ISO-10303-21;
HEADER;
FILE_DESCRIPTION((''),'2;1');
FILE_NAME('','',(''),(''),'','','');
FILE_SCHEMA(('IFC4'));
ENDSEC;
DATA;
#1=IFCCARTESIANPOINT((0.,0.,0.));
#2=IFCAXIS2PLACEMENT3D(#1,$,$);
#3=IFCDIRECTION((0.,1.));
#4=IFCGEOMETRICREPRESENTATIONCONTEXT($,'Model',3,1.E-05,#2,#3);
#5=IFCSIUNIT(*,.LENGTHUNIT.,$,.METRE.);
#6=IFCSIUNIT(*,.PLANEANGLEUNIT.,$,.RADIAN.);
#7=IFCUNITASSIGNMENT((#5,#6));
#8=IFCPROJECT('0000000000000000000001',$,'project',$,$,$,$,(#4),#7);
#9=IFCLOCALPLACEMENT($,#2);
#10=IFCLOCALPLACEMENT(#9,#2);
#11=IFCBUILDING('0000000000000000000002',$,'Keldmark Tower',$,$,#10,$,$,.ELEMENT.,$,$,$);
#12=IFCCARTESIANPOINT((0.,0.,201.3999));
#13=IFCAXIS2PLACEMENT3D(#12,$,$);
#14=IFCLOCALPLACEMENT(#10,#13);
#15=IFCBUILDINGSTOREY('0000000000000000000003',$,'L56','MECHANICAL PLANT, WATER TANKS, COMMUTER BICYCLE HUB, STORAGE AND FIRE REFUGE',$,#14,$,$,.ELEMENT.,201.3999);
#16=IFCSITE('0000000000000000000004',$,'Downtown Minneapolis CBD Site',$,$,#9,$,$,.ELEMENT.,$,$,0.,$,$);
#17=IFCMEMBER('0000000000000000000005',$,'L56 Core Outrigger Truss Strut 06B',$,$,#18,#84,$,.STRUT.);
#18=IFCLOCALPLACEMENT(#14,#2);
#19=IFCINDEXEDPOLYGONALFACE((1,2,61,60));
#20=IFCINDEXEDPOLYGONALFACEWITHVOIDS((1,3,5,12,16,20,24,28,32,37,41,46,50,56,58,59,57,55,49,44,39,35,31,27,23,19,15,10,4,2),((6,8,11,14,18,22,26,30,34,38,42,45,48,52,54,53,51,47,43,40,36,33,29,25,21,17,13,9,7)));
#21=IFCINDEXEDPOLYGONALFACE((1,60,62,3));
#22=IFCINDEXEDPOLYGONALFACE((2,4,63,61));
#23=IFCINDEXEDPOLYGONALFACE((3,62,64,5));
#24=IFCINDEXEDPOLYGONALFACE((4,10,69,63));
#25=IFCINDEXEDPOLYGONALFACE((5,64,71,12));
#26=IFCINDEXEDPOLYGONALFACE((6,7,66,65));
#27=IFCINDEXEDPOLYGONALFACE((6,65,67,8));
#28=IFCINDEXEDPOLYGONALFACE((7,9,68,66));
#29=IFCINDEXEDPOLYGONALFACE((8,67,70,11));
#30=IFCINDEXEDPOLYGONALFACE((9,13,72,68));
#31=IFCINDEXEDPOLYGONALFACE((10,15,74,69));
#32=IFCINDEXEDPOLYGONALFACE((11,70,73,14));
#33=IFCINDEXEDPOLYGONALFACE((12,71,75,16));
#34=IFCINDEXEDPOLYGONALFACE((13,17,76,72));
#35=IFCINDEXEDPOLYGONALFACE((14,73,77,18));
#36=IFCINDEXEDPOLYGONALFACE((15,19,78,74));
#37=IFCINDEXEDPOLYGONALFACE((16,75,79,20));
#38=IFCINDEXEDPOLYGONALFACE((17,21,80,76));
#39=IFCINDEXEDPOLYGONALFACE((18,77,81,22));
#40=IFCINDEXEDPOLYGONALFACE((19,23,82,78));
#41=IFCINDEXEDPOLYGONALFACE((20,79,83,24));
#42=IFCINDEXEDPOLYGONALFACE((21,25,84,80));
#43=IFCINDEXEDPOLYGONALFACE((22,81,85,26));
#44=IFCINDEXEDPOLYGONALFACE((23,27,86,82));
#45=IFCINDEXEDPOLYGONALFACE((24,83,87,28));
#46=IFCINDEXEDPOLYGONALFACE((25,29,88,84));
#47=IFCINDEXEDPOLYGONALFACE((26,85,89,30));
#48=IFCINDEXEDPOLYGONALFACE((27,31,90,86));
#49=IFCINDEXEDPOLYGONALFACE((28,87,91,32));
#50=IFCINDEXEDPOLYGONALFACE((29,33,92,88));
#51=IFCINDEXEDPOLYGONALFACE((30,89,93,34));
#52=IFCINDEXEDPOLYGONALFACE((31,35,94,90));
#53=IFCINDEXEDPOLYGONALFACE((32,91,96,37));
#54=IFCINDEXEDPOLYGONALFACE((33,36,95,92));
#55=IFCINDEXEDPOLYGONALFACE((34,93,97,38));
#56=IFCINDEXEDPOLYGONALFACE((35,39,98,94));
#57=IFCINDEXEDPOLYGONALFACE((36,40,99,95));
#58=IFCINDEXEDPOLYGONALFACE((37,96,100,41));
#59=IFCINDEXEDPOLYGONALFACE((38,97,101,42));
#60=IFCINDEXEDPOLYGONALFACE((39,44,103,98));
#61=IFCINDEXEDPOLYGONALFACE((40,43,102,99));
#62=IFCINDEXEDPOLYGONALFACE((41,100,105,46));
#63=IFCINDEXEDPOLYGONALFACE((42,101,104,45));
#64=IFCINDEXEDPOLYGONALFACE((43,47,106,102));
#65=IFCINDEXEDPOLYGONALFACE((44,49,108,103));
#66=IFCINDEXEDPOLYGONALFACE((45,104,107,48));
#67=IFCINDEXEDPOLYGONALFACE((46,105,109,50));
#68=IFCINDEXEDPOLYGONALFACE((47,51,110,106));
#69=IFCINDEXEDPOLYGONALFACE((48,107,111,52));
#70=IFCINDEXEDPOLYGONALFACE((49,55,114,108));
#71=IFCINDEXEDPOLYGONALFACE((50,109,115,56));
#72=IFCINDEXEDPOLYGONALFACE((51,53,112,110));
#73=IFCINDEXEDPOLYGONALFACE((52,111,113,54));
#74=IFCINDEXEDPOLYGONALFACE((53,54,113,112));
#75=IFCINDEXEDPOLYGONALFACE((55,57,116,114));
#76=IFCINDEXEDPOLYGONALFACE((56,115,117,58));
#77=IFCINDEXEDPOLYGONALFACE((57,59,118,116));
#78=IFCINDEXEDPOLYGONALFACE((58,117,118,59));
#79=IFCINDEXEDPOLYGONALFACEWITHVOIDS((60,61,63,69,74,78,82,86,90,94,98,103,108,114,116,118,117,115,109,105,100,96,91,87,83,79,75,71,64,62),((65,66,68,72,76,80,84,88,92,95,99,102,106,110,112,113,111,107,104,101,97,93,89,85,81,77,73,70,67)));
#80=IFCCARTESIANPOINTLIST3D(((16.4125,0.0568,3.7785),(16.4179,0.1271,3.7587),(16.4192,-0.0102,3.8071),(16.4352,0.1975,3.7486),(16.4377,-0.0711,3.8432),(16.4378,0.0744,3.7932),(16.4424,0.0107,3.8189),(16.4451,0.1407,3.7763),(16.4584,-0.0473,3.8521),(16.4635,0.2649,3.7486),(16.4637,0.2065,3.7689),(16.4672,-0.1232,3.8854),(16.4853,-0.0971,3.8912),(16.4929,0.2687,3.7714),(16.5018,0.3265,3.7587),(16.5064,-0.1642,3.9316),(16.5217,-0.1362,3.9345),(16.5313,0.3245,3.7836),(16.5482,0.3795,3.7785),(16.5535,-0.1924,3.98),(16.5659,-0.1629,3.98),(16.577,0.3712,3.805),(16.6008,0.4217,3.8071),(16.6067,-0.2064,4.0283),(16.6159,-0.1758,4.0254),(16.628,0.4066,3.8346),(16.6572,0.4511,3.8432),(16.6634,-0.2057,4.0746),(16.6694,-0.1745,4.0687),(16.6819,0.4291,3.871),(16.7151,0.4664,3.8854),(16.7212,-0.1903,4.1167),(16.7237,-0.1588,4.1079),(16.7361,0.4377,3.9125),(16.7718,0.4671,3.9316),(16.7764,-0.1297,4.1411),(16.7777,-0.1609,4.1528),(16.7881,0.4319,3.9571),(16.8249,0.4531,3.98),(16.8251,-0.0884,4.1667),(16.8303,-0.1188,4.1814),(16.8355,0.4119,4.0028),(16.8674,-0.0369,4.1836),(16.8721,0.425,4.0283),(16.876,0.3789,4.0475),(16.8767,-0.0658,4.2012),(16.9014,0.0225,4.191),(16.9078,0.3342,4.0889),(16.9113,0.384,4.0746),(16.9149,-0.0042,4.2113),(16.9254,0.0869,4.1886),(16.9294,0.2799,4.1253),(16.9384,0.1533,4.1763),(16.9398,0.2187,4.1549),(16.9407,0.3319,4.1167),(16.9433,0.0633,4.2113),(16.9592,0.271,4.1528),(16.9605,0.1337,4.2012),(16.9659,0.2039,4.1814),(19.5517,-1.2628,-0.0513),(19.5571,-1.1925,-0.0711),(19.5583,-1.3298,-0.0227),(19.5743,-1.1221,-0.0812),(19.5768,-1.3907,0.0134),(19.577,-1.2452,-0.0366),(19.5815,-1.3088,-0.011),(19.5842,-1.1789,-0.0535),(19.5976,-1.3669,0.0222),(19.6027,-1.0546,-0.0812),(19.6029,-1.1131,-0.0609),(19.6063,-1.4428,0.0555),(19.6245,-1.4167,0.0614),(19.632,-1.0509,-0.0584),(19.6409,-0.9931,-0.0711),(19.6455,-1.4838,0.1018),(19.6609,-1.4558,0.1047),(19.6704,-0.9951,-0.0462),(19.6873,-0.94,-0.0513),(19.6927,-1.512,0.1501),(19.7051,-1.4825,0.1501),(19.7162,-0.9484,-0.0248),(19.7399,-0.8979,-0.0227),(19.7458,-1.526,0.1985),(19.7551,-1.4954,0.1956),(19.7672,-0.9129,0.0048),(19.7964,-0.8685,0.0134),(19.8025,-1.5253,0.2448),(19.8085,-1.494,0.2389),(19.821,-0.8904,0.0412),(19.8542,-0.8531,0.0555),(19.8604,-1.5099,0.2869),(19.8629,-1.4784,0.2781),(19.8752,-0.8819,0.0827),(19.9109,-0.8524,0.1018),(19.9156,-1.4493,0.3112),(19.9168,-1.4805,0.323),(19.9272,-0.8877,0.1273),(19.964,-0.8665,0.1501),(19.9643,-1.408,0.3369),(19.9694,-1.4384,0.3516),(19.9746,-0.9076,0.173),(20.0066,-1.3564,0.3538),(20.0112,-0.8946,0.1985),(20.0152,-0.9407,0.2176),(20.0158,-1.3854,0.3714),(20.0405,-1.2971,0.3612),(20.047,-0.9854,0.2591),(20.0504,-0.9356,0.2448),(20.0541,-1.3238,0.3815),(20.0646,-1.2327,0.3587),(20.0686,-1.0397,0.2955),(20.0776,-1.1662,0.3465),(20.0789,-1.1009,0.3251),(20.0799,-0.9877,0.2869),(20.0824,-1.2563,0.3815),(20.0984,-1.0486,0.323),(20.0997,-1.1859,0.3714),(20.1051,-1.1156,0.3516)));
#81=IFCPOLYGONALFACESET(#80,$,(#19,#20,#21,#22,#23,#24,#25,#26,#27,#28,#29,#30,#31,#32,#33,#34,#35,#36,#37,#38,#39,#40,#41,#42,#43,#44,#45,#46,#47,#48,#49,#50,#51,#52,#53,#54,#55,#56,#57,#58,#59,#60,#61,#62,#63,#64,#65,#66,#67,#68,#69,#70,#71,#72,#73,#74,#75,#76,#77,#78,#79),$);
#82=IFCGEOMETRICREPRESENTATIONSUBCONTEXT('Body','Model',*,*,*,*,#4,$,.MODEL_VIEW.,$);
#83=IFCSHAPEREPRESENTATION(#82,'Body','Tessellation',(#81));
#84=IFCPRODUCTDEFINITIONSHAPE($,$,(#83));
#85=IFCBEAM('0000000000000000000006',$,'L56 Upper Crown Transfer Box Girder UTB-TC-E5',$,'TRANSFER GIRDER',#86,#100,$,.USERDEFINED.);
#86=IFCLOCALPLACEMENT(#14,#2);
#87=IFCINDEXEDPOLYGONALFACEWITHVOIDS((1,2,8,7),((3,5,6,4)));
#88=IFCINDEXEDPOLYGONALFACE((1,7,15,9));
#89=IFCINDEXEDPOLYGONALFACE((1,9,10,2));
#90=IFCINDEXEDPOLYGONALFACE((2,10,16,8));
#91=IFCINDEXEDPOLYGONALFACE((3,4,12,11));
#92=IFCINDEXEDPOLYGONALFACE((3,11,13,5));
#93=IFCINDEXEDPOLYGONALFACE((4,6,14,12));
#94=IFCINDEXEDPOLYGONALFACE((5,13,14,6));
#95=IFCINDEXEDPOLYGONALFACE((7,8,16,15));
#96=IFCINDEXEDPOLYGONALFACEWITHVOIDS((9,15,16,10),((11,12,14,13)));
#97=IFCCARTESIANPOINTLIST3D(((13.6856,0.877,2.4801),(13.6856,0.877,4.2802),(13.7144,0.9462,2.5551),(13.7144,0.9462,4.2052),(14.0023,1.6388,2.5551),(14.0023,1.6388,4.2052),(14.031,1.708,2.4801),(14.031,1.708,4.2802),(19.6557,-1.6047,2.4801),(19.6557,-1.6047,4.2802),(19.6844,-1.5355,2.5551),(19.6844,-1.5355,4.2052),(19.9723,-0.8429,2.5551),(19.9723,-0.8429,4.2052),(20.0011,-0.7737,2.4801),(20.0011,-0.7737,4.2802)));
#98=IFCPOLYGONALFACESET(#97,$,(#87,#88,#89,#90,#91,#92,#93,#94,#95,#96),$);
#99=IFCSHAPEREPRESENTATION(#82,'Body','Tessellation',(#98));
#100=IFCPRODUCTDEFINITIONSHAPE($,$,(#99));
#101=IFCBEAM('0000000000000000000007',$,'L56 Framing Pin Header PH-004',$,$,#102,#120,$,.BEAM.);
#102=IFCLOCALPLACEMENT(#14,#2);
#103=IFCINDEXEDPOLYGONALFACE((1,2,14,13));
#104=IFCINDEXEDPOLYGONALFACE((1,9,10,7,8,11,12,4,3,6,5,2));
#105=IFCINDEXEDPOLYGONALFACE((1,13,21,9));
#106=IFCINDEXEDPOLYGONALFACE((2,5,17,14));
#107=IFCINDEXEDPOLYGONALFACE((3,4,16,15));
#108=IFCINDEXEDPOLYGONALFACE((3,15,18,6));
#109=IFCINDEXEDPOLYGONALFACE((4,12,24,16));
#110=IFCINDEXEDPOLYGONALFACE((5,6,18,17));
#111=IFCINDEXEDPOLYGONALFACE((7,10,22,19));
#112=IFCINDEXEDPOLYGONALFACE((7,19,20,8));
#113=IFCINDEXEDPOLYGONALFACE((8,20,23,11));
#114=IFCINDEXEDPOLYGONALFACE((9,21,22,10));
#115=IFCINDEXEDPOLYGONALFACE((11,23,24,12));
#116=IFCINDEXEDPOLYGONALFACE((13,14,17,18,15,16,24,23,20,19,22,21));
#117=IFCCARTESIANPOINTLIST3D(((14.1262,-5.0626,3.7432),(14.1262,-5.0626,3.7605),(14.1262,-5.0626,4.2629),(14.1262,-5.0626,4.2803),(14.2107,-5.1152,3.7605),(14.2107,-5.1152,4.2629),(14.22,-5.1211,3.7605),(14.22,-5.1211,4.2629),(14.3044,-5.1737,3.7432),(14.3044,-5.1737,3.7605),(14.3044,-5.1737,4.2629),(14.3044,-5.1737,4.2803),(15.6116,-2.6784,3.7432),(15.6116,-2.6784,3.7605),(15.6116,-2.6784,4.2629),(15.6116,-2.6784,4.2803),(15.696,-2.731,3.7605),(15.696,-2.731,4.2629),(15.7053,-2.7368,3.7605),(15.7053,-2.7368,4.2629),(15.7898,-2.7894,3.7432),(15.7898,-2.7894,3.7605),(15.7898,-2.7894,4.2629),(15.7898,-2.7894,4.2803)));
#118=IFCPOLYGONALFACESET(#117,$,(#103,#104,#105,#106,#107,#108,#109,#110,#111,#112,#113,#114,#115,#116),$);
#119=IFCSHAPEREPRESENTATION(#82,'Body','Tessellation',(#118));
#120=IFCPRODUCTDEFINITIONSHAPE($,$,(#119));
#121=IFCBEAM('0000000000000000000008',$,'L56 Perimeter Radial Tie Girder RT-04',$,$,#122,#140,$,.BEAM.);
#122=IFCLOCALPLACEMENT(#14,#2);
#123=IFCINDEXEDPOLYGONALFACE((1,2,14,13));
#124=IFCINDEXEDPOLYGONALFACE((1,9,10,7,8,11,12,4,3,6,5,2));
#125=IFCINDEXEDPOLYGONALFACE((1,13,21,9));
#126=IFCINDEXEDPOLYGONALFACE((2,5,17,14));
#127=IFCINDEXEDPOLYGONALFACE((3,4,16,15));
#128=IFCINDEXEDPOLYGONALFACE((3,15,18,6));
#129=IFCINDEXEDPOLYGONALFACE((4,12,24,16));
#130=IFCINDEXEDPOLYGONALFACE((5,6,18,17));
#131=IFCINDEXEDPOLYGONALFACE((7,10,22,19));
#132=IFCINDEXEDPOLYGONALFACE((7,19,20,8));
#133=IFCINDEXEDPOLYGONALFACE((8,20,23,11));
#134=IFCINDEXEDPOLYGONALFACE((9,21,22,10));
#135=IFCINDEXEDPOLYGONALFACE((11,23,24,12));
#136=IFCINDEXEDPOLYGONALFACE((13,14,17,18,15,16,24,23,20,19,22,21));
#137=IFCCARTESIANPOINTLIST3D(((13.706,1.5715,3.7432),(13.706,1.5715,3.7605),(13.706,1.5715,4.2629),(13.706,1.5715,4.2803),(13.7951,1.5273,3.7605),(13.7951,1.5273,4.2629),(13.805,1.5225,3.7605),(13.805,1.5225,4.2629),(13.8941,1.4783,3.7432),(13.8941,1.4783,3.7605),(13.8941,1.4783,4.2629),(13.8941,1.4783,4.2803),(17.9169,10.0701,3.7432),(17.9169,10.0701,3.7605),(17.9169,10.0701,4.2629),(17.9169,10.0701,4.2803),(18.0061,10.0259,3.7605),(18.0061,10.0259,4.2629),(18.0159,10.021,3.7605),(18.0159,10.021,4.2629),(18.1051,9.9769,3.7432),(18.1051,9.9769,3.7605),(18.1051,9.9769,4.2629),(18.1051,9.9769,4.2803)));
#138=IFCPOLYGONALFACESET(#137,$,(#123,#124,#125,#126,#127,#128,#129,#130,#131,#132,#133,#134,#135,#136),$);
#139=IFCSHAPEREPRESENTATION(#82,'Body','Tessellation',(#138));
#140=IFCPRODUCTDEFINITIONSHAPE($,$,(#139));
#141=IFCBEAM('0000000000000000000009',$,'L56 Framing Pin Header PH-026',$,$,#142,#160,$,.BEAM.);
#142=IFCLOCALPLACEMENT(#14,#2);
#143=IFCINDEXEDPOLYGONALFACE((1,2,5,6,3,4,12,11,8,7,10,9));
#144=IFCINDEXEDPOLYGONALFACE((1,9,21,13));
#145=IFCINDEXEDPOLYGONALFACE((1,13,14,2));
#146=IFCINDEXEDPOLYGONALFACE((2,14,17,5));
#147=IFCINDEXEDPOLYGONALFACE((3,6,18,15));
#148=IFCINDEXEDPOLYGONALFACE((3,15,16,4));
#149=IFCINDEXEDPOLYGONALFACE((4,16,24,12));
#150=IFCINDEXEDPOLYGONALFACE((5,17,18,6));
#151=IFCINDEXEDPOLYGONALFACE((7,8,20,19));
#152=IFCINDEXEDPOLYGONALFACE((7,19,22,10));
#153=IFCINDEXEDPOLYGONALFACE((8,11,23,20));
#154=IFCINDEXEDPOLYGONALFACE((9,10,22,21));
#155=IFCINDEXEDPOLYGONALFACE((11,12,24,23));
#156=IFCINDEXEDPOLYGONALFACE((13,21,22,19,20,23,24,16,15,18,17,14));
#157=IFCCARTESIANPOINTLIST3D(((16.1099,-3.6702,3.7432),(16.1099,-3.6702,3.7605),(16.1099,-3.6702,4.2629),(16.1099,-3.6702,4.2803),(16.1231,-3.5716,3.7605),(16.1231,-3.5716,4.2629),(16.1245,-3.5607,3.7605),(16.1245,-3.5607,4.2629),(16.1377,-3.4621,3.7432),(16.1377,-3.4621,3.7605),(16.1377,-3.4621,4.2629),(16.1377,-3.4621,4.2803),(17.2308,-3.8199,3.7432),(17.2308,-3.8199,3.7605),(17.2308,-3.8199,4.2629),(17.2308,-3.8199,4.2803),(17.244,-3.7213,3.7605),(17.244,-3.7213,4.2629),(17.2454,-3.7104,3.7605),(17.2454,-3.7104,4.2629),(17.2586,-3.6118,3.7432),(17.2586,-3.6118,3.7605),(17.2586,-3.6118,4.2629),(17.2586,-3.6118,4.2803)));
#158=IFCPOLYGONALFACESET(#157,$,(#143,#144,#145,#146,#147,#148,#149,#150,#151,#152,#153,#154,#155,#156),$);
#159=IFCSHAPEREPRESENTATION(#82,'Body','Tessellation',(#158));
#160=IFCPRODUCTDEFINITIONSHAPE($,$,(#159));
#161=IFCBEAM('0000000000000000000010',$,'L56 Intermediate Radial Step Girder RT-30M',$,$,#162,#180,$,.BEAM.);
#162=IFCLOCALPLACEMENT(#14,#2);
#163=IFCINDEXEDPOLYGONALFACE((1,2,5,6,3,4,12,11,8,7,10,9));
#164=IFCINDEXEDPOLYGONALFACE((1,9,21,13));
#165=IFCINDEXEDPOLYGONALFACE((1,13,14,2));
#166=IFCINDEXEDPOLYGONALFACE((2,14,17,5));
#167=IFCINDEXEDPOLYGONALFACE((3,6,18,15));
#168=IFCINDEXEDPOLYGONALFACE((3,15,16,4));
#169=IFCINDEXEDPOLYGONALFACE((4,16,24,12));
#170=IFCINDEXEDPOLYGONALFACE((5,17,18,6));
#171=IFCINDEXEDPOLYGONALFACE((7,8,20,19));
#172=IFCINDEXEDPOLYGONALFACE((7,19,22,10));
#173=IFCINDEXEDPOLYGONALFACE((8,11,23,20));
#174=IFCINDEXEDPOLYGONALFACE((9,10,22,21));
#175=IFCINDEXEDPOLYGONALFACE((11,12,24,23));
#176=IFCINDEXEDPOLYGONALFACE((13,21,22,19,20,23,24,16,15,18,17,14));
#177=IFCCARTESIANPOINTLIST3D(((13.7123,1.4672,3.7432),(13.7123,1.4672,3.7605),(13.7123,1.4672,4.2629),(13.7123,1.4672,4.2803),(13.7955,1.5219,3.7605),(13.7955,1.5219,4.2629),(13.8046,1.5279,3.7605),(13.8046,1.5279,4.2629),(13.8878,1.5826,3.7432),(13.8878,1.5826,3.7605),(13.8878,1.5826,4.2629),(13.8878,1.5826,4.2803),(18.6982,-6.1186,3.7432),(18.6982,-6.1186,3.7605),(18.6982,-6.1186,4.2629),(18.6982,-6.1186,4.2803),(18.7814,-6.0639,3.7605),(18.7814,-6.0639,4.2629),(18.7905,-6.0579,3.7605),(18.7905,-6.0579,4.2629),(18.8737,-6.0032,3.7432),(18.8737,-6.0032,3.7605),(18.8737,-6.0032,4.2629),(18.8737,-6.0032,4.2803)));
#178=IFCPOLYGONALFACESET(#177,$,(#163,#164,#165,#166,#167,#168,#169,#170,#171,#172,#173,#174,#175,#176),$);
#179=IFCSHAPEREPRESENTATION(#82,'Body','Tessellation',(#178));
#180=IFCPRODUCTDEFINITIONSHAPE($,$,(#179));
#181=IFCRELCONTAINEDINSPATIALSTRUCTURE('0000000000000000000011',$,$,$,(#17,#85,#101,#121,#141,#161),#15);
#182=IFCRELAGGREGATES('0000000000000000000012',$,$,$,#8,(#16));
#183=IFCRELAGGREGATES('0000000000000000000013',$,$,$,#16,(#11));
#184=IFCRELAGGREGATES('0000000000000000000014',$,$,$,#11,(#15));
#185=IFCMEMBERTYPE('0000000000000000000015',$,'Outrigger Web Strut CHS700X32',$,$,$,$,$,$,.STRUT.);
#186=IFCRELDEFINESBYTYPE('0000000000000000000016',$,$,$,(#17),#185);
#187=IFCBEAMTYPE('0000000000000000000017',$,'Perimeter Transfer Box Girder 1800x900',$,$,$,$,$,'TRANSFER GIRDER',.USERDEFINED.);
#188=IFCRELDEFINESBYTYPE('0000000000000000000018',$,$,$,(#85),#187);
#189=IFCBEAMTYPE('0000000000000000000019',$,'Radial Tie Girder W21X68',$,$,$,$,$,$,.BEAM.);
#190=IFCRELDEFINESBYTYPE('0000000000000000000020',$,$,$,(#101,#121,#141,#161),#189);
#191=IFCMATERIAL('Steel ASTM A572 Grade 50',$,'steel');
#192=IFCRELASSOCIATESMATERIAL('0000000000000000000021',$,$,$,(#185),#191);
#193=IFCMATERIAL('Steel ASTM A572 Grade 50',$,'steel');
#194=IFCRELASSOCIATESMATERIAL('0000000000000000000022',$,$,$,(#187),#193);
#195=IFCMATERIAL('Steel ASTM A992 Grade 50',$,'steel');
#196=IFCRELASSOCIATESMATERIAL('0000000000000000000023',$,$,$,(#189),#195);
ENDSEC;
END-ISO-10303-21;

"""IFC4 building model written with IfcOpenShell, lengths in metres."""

from ifc_helpers import new_model, si_unit, direction, frame, origin, origin_2d, place, context, subcontext, project, spatial, hollow_rectangle, hollow_circle, i_section, extrude, material, material_profile, profile_set, type_object, element, save


model = new_model("IFC4")

# Units and contexts
model_context = context("Model", 3, precision=1e-05, world=origin(), true_north=direction((0.0, 1.0)))
body_context = subcontext(model_context, "Body", "Model", "MODEL_VIEW")
ifc_project = project(units=[si_unit("LENGTHUNIT", "METRE"), si_unit("PLANEANGLEUNIT", "RADIAN")], contexts=[model_context])

# Site, building, storey
site_placement = place(None, origin())
site = spatial("IfcSite", under=ifc_project, at=site_placement, Name="Downtown Minneapolis CBD Site", CompositionType="ELEMENT", RefElevation=0.0)
building_placement = place(site_placement, origin())
building = spatial("IfcBuilding", under=site, at=building_placement, Name="Keldmark Tower", CompositionType="ELEMENT")
storey_placement = place(building_placement, frame((0.0, 0.0, 201.3999)))
storey = spatial("IfcBuildingStorey", under=building, at=storey_placement, Name="L56", Description="MECHANICAL PLANT, WATER TANKS, COMMUTER BICYCLE HUB, STORAGE AND FIRE REFUGE", CompositionType="ELEMENT", Elevation=201.3999)

# Member
ifc_material_1 = material(Name="Steel ASTM A572 Grade 50", Category="steel")
ifc_material_profile_1 = material_profile(ifc_material_1, hollow_circle(Radius=0.3501, WallThickness=0.032, at=origin_2d()), Name="CHS700X32")
ifc_profile_set_1 = profile_set([ifc_material_profile_1], Name="Steel ASTM A572 Grade 50")
member_type_1 = type_object("IfcMemberType", Name="Outrigger Web Strut CHS700X32", PredefinedType="STRUT", material=ifc_profile_set_1)
for number, where, z_axis, x_axis, name in (
    (1, (19.8284, -1.1892, 0.1501), (-0.612547, 0.257491, 0.747319), (-0.387515, -0.921863, 0.0), "L56 Core Outrigger Truss Strut 06B"),
):
    element("IfcMember", number, at=place(storey_placement, frame(where, z_axis=z_axis, x_axis=x_axis)), inside=storey, type_object=member_type_1, Name=name, PredefinedType="STRUT", context=body_context, shape_type="SweptSolid", body=[
        extrude(hollow_circle(Radius=0.3501, WallThickness=0.032, at=origin_2d()), origin(), (0.0, 0.0, 1.0), 5.1248),
    ])

# Beams
ifc_material_2 = material(Name="Steel ASTM A572 Grade 50", Category="steel")
ifc_material_profile_2 = material_profile(ifc_material_2, hollow_rectangle(XDim=0.8999, YDim=1.8, WallThickness=0.075, at=origin_2d()), Name="TBOX1800X900X75")
ifc_profile_set_2 = profile_set([ifc_material_profile_2], Name="Steel ASTM A572 Grade 50")
beam_type_1 = type_object("IfcBeamType", Name="Perimeter Transfer Box Girder 1800x900", ElementType="TRANSFER GIRDER", PredefinedType="USERDEFINED", material=ifc_profile_set_2)
beam_1_placement = place(storey_placement, frame((19.8284, -1.1892, 3.3801), z_axis=(-0.923395, 0.383851, 0.0), x_axis=(-0.383851, -0.923395, 0.0)))
element("IfcBeam", 2, at=beam_1_placement, inside=storey, type_object=beam_type_1, Name="L56 Upper Crown Transfer Box Girder UTB-TC-E5", ObjectType="TRANSFER GIRDER", PredefinedType="USERDEFINED", context=body_context, shape_type="SweptSolid", body=[
    extrude(hollow_rectangle(XDim=0.8999, YDim=1.8, WallThickness=0.075, at=origin_2d()), origin(), (0.0, 0.0, 1.0), 6.4653),
])
ifc_material_3 = material(Name="Steel ASTM A992 Grade 50", Category="steel")
ifc_material_profile_3 = material_profile(ifc_material_3, i_section(OverallWidth=0.21, OverallDepth=0.5371, WebThickness=0.011, FlangeThickness=0.0173, at=origin_2d()), Name="W21X68")
ifc_profile_set_3 = profile_set([ifc_material_profile_3], Name="Steel ASTM A992 Grade 50")
beam_type_2 = type_object("IfcBeamType", Name="Radial Tie Girder W21X68", PredefinedType="BEAM", material=ifc_profile_set_3)
beam_2_placement = place(storey_placement, frame((15.7007, -2.7339, 4.0117), z_axis=(-0.528764, -0.848769, 0.0), x_axis=(0.848769, -0.528764, 0.0)))
element("IfcBeam", 3, at=beam_2_placement, inside=storey, type_object=beam_type_2, Name="L56 Framing Pin Header PH-004", PredefinedType="BEAM", context=body_context, shape_type="SweptSolid", body=[
    extrude(i_section(OverallWidth=0.21, OverallDepth=0.5371, WebThickness=0.011, FlangeThickness=0.0173, at=origin_2d()), origin(), (0.0, 0.0, 1.0), 2.8091),
])
beam_3_placement = place(storey_placement, frame((13.8, 1.5249, 4.0117), z_axis=(0.443978, 0.896038, 0.0), x_axis=(-0.896038, 0.443978, 0.0)))
element("IfcBeam", 4, at=beam_3_placement, inside=storey, type_object=beam_type_2, Name="L56 Perimeter Radial Tie Girder RT-04", PredefinedType="BEAM", context=body_context, shape_type="SweptSolid", body=[
    extrude(i_section(OverallWidth=0.21, OverallDepth=0.5371, WebThickness=0.011, FlangeThickness=0.0173, at=origin_2d()), origin(), (0.0, 0.0, 1.0), 9.4846),
])
beam_4_placement = place(storey_placement, frame((16.1238, -3.5662, 4.0117), z_axis=(0.991203, -0.132348, 0.0), x_axis=(0.132348, 0.991203, 0.0)))
element("IfcBeam", 5, at=beam_4_placement, inside=storey, type_object=beam_type_2, Name="L56 Framing Pin Header PH-026", PredefinedType="BEAM", context=body_context, shape_type="SweptSolid", body=[
    extrude(i_section(OverallWidth=0.21, OverallDepth=0.5371, WebThickness=0.011, FlangeThickness=0.0173, at=origin_2d()), origin(), (0.0, 0.0, 1.0), 1.1309),
])
beam_5_placement = place(storey_placement, frame((13.8, 1.5249, 4.0117), z_axis=(0.549251, -0.835657, 0.0), x_axis=(0.835657, 0.549251, 0.0)))
element("IfcBeam", 6, at=beam_5_placement, inside=storey, type_object=beam_type_2, Name="L56 Intermediate Radial Step Girder RT-30M", PredefinedType="BEAM", context=body_context, shape_type="SweptSolid", body=[
    extrude(i_section(OverallWidth=0.21, OverallDepth=0.5371, WebThickness=0.011, FlangeThickness=0.0173, at=origin_2d()), origin(), (0.0, 0.0, 1.0), 9.0776),
])

save(model, "model.ifc")
